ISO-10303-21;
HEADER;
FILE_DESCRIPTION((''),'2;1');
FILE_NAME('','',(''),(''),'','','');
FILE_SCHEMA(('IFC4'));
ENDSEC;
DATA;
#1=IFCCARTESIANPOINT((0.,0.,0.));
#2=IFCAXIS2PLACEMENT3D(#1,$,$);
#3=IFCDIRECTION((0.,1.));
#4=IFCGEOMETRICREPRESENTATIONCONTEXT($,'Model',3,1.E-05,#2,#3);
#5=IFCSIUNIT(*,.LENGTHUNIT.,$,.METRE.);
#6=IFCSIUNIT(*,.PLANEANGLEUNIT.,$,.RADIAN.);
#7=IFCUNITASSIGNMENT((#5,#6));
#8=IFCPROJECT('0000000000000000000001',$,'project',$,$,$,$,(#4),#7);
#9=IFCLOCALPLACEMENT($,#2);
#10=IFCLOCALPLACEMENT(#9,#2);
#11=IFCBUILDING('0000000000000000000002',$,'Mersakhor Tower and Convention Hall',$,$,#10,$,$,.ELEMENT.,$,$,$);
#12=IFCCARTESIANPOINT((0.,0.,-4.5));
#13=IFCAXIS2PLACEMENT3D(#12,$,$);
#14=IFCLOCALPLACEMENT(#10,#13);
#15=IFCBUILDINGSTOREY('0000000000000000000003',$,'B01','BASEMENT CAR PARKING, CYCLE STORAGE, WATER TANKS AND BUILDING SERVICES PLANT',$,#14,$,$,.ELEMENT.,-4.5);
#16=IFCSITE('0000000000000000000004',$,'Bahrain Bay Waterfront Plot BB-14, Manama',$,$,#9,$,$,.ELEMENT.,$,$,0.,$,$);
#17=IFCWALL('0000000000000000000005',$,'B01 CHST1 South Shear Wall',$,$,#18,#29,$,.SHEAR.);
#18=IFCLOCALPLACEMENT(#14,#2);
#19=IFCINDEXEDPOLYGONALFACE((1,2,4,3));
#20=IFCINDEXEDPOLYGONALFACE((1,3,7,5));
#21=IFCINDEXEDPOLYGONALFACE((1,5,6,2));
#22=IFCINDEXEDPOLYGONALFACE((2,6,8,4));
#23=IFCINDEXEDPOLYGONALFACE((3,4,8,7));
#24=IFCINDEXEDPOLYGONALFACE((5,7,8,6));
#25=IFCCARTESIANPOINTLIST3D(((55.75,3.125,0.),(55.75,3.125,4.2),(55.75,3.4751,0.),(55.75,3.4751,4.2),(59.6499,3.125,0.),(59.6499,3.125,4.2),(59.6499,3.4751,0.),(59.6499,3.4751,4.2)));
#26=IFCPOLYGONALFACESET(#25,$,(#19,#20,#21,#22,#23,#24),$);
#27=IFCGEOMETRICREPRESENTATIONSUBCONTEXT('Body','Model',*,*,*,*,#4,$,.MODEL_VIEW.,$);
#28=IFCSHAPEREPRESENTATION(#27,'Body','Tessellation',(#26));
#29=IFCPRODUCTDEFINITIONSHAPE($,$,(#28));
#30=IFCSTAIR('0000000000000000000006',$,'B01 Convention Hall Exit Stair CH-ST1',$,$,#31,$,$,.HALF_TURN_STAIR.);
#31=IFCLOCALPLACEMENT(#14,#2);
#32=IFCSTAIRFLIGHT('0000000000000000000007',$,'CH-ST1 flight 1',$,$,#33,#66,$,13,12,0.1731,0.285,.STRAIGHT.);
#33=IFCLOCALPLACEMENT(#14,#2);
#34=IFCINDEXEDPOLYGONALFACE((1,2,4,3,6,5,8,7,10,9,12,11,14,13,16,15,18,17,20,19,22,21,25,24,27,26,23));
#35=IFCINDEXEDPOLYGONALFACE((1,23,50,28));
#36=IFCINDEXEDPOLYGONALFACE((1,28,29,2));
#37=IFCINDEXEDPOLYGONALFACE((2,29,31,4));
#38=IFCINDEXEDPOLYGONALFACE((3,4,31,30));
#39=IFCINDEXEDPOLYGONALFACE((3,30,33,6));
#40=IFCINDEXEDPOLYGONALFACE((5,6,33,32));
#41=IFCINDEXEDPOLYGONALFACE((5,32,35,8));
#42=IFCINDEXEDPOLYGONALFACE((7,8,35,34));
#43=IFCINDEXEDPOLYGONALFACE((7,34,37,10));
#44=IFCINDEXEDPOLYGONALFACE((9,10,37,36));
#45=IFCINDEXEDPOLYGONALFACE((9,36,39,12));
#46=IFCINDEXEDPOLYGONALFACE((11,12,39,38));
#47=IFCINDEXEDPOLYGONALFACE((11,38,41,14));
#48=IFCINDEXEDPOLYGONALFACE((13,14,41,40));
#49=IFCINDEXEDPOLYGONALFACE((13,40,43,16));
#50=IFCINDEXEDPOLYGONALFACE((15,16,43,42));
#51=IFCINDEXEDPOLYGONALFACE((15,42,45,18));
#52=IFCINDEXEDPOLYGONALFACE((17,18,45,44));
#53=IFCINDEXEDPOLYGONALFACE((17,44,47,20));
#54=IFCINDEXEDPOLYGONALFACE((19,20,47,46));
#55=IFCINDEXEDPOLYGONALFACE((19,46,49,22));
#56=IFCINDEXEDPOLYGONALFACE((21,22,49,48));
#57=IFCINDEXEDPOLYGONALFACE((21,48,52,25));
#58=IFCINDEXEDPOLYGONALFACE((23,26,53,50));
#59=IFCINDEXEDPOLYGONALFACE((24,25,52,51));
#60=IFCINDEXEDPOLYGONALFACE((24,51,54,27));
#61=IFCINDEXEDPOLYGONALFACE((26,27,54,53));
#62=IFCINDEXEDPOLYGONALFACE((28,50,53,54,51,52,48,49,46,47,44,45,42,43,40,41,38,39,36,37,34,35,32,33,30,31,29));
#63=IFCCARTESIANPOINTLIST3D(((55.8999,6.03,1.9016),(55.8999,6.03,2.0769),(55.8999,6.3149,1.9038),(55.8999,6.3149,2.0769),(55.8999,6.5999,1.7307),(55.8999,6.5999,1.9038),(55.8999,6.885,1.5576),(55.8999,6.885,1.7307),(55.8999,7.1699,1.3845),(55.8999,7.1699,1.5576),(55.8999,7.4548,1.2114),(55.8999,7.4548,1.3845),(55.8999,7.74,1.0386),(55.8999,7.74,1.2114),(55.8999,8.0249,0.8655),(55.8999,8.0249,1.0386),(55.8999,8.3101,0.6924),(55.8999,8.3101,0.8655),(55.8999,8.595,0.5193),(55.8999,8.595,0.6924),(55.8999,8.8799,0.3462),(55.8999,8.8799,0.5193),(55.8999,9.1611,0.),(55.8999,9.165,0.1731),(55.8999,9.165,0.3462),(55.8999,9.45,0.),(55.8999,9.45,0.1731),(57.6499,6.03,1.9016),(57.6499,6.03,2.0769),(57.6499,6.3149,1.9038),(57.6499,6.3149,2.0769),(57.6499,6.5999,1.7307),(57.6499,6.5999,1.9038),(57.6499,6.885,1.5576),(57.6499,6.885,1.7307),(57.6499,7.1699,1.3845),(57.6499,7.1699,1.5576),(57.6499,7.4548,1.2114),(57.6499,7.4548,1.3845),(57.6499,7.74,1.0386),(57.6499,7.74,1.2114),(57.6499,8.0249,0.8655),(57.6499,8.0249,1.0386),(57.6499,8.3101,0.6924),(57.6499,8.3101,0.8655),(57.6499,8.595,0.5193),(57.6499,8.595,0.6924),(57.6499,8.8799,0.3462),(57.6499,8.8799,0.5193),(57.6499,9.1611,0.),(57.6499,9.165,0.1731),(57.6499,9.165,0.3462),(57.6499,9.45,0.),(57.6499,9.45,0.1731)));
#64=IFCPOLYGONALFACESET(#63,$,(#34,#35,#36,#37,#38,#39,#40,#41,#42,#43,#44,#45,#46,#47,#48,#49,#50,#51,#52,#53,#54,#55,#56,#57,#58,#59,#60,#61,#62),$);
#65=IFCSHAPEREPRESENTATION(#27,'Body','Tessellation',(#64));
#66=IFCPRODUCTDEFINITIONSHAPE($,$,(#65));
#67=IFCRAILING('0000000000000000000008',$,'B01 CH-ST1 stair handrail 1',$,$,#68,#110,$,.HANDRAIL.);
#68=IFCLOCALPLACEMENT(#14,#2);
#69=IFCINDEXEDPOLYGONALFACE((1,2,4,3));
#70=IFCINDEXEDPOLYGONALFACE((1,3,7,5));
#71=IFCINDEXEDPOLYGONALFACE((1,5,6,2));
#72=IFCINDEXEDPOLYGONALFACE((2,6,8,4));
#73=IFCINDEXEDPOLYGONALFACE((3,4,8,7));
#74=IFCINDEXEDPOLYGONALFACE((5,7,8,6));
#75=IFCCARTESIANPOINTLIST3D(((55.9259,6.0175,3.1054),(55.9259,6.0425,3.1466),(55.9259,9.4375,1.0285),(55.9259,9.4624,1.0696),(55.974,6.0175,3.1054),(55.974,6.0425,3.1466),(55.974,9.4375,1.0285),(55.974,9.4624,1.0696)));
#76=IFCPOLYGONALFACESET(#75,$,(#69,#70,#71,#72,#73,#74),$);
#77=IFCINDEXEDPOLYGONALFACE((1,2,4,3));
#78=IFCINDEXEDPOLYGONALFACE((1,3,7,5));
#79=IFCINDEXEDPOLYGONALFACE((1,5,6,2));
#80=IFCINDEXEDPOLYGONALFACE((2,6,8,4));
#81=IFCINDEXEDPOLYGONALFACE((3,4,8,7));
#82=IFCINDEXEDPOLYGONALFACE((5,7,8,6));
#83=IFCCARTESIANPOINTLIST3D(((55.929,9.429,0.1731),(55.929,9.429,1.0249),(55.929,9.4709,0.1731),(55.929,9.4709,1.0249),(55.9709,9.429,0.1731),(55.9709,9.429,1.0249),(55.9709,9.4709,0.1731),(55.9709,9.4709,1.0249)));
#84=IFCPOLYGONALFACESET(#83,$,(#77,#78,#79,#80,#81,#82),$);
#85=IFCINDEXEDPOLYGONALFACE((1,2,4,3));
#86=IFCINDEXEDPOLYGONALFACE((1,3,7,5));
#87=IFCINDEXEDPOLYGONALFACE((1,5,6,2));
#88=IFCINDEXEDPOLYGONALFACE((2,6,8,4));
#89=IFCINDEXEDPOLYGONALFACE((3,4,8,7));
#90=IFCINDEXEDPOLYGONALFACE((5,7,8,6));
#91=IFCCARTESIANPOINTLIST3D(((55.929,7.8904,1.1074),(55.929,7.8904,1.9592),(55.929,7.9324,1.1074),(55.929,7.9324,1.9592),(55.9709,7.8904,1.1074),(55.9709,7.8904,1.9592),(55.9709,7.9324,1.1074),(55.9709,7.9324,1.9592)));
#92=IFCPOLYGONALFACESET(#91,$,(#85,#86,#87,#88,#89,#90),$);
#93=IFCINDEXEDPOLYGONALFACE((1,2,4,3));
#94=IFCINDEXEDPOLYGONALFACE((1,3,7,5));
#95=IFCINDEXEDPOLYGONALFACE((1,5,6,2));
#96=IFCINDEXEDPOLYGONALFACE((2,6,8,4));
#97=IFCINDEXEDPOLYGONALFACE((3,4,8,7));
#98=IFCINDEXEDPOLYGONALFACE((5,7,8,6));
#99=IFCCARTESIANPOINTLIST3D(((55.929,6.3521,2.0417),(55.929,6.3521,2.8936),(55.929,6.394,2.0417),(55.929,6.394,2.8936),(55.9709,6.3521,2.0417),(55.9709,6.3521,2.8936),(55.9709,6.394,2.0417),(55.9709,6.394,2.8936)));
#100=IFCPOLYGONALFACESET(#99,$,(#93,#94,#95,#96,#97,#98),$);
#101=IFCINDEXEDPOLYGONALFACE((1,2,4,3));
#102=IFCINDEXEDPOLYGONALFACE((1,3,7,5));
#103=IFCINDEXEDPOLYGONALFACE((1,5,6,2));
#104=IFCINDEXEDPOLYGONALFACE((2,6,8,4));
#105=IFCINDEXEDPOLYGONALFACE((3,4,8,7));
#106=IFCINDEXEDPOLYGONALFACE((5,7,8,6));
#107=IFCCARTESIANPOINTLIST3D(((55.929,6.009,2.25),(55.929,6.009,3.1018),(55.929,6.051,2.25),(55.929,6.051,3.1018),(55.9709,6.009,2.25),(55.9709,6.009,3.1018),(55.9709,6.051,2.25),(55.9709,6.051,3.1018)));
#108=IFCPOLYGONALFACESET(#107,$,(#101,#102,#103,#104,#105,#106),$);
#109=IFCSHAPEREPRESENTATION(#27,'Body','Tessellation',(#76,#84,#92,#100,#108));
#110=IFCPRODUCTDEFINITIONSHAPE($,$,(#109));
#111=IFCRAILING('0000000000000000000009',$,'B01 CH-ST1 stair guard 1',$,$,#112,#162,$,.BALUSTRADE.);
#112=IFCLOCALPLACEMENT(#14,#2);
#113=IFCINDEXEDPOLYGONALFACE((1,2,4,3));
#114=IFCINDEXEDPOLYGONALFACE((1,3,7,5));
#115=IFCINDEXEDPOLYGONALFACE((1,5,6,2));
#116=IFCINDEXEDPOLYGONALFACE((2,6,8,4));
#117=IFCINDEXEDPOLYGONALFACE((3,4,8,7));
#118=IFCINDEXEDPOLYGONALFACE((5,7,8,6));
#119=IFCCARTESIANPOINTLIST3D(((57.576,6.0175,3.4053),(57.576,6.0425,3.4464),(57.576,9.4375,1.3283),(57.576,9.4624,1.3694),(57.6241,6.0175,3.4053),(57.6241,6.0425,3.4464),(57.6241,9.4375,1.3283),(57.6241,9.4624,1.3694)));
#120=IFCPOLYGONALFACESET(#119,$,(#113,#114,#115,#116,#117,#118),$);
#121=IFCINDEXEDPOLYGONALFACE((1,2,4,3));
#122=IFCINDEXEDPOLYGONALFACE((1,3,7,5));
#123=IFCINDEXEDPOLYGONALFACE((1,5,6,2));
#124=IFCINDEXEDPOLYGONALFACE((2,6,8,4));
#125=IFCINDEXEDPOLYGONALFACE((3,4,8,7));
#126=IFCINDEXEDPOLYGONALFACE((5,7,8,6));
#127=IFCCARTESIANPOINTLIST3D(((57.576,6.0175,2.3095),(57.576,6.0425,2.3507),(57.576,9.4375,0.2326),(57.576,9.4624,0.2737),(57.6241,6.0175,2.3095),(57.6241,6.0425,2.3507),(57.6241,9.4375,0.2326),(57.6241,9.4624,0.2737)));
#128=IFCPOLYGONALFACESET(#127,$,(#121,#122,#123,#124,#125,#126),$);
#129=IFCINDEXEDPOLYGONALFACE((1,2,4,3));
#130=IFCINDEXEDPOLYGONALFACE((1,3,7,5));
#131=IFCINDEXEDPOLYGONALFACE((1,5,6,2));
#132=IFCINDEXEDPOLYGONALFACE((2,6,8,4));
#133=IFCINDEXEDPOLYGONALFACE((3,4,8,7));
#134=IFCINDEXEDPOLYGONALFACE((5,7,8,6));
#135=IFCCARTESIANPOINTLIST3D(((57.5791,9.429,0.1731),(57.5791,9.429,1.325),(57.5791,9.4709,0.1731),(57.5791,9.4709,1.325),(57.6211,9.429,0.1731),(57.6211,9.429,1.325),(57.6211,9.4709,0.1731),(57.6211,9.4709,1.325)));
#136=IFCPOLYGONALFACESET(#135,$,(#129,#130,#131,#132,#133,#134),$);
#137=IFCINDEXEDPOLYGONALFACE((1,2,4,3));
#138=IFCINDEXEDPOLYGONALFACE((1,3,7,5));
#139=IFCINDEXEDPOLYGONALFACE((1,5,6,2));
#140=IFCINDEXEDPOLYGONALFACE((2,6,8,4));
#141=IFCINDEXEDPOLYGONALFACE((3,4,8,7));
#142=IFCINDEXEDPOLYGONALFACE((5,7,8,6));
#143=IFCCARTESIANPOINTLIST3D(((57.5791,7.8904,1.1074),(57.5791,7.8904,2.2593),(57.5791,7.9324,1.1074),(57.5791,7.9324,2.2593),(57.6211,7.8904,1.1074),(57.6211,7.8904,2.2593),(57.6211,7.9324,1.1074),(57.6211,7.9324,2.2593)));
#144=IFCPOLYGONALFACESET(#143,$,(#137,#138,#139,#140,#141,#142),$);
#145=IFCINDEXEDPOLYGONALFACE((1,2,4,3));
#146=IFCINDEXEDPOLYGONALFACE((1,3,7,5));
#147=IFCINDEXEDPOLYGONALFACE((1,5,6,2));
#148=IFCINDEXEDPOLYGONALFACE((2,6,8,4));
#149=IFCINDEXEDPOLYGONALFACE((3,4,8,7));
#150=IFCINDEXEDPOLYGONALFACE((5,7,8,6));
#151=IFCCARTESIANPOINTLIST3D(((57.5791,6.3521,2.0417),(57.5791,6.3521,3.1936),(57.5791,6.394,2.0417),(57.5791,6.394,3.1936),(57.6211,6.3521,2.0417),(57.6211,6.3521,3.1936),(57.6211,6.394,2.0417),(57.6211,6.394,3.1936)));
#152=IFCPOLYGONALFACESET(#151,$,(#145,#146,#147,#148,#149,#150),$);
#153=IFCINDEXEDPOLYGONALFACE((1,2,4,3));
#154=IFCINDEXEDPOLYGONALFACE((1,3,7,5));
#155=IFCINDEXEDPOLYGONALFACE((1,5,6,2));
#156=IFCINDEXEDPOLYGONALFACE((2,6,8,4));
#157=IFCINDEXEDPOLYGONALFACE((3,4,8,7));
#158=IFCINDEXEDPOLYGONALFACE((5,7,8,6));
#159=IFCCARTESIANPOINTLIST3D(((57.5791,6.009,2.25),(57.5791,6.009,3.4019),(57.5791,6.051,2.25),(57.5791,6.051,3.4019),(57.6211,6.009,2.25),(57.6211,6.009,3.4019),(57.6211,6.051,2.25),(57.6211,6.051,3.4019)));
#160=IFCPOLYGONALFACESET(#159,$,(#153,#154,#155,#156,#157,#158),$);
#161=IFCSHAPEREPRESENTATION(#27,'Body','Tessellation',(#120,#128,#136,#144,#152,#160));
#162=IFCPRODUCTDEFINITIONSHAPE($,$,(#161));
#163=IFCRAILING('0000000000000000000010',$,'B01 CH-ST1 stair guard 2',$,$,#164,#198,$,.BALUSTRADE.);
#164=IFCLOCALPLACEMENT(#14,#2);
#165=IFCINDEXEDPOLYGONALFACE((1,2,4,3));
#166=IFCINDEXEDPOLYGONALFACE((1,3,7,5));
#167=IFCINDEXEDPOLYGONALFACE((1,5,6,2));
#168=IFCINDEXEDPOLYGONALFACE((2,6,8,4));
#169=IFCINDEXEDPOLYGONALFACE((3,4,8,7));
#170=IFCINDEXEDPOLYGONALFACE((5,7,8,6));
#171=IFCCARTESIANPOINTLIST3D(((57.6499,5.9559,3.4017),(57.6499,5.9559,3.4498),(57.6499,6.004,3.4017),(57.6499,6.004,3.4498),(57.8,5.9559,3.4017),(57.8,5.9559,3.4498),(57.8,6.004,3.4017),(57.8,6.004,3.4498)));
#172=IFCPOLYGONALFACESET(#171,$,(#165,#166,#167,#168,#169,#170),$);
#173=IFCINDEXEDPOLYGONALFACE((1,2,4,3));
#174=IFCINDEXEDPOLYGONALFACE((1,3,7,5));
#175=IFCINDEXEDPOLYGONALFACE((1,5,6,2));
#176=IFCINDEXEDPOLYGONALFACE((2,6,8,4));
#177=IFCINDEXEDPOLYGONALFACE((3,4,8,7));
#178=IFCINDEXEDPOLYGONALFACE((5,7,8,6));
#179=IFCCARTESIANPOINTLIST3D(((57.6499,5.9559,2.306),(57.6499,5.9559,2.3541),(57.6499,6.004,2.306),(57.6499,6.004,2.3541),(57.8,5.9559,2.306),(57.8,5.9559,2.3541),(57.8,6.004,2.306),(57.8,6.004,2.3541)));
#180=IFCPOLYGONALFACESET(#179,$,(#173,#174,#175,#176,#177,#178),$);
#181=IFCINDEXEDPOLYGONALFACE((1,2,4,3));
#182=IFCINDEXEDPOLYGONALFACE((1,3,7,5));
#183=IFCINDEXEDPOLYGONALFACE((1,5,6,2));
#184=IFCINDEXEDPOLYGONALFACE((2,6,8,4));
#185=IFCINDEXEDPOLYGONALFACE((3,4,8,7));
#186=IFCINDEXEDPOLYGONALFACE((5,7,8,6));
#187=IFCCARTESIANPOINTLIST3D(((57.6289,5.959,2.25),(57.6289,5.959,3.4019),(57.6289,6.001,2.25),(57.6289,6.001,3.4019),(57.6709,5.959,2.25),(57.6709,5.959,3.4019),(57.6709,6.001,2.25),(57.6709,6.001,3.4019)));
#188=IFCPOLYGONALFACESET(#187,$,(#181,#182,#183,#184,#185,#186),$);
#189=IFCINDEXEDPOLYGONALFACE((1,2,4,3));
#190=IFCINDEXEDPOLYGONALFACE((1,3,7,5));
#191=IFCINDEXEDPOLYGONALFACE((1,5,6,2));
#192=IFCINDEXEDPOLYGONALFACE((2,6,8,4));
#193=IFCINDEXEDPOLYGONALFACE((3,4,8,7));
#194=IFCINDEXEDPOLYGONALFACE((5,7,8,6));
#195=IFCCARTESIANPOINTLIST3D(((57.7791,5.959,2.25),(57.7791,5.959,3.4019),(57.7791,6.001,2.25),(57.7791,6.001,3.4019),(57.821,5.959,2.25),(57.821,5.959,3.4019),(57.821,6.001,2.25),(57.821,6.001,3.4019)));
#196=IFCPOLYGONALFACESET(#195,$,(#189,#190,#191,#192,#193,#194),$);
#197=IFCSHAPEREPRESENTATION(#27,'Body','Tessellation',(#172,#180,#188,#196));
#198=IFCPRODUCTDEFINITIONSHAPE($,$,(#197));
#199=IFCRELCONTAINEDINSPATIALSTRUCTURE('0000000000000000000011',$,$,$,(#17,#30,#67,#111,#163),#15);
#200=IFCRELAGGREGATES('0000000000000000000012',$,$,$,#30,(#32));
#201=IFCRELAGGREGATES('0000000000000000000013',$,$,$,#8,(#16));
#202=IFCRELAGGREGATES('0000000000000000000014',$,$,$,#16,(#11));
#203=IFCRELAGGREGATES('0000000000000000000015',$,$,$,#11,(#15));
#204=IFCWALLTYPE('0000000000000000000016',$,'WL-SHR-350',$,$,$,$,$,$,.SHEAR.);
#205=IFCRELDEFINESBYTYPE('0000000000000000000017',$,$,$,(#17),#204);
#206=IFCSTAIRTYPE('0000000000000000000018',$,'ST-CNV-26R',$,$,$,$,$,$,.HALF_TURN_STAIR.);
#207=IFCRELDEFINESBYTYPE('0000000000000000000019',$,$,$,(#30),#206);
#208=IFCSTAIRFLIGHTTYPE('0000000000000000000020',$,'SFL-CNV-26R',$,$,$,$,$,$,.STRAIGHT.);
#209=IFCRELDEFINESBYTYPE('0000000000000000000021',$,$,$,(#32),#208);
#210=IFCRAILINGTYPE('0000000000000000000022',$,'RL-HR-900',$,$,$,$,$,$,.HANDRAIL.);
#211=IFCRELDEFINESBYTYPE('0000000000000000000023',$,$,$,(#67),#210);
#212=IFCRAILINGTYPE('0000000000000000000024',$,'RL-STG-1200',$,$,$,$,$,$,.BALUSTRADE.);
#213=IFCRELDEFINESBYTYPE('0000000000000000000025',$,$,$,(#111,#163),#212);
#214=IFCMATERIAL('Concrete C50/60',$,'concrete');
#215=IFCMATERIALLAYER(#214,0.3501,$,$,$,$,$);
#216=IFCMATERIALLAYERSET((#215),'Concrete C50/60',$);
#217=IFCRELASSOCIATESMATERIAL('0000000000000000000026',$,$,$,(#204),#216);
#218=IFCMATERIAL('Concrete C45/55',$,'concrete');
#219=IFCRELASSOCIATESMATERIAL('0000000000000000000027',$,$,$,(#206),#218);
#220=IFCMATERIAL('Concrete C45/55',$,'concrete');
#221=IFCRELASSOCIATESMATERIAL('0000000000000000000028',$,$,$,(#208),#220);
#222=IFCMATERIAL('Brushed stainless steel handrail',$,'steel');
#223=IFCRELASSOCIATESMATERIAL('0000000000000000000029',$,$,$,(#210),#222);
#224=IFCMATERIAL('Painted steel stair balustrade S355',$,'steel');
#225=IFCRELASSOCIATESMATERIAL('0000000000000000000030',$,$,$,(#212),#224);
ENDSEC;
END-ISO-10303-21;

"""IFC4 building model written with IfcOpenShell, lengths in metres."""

from ifc_helpers import new_model, si_unit, direction, frame, frame_2d, origin, origin_2d, place, context, subcontext, project, spatial, polyline, rectangle, outline, extrude, material, layer, layer_set, type_object, element, aggregate, save


model = new_model("IFC4")

# Units and contexts
model_context = context("Model", 3, precision=1e-05, world=origin(), true_north=direction((0.0, 1.0)))
body_context = subcontext(model_context, "Body", "Model", "MODEL_VIEW")
ifc_project = project(units=[si_unit("LENGTHUNIT", "METRE"), si_unit("PLANEANGLEUNIT", "RADIAN")], contexts=[model_context])

# Site, building, storey
site_placement = place(None, origin())
site = spatial("IfcSite", under=ifc_project, at=site_placement, Name="Bahrain Bay Waterfront Plot BB-14, Manama", CompositionType="ELEMENT", RefElevation=0.0)
building_placement = place(site_placement, origin())
building = spatial("IfcBuilding", under=site, at=building_placement, Name="Mersakhor Tower and Convention Hall", CompositionType="ELEMENT")
storey_placement = place(building_placement, frame((0.0, 0.0, -4.5)))
storey = spatial("IfcBuildingStorey", under=building, at=storey_placement, Name="B01", Description="BASEMENT CAR PARKING, CYCLE STORAGE, WATER TANKS AND BUILDING SERVICES PLANT", CompositionType="ELEMENT", Elevation=-4.5)

# Wall
ifc_material_1 = material(Name="Concrete C50/60", Category="concrete")
ifc_layer_1 = layer(ifc_material_1, 0.3501)
ifc_layer_set_1 = layer_set([ifc_layer_1], Name="Concrete C50/60")
wall_type = type_object("IfcWallType", Name="WL-SHR-350", PredefinedType="SHEAR", material=ifc_layer_set_1)
wall_1_placement = place(storey_placement, frame((55.75, 3.3, 0.0), z_axis=(0.0, 0.0, 1.0), x_axis=(1.0, 0.0, 0.0)))
element("IfcWall", 1, at=wall_1_placement, inside=storey, type_object=wall_type, Name="B01 CHST1 South Shear Wall", PredefinedType="SHEAR", context=body_context, shape_type="SweptSolid", body=[
    extrude(rectangle(XDim=3.8999, YDim=0.3501, at=frame_2d((1.95, 0.0))), origin(), (0.0, 0.0, 1.0), 4.2),
])

# Stair, stair flight
ifc_material_2 = material(Name="Concrete C45/55", Category="concrete")
stair_type = type_object("IfcStairType", Name="ST-CNV-26R", PredefinedType="HALF_TURN_STAIR", material=ifc_material_2)
stair_placement = place(storey_placement, origin())
stair = element("IfcStair", 2, at=stair_placement, inside=storey, type_object=stair_type, Name="B01 Convention Hall Exit Stair CH-ST1", PredefinedType="HALF_TURN_STAIR")
ifc_material_3 = material(Name="Concrete C45/55", Category="concrete")
stair_flight_type = type_object("IfcStairFlightType", Name="SFL-CNV-26R", PredefinedType="STRAIGHT", material=ifc_material_3)
stair_flight_placement = place(storey_placement, frame((56.7749, 9.45, 0.0), z_axis=(0.0, 0.0, 1.0), x_axis=(0.0, -1.0, 0.0)))
stair_flight = element("IfcStairFlight", 3, at=stair_flight_placement, type_object=stair_flight_type, Name="CH-ST1 flight 1", NumberOfRisers=13, NumberOfTreads=12, PredefinedType="STRAIGHT", RiserHeight=0.1731, TreadLength=0.285, context=body_context, shape_type="SweptSolid", body=[
    extrude(outline(polyline([(0.0, 0.0), (0.0, 0.1731), (0.2849, 0.1731), (0.2849, 0.3462), (0.5701, 0.3462), (0.5701, 0.5193), (0.855, 0.5193), (0.855, 0.6924), (1.1399, 0.6924), (1.1399, 0.8655), (1.425, 0.8655), (1.425, 1.0386), (1.71, 1.0386), (1.71, 1.2114), (1.9951, 1.2114), (1.9951, 1.3845), (2.28, 1.3845), (2.28, 1.5576), (2.5649, 1.5576), (2.5649, 1.7307), (2.8501, 1.7307), (2.8501, 1.9038), (3.135, 1.9038), (3.135, 2.0769), (3.4199, 2.0769), (3.4199, 2.25), (3.4199, 1.9016), (0.2888, 0.0), (0.0, 0.0)])), frame((0.0, 0.875, 0.0), z_axis=(0.0, -1.0, 0.0), x_axis=(1.0, 0.0, 0.0)), (0.0, 0.0, 1.0), 1.75),
])
aggregate(stair, [stair_flight])

# Railings
ifc_material_4 = material(Name="Brushed stainless steel handrail", Category="steel")
railing_type_1 = type_object("IfcRailingType", Name="RL-HR-900", PredefinedType="HANDRAIL", material=ifc_material_4)
railing_1_placement = place(storey_placement, frame((55.95, 9.45, 0.1731)))
element("IfcRailing", 4, at=railing_1_placement, inside=storey, type_object=railing_type_1, Name="B01 CH-ST1 stair handrail 1", PredefinedType="HANDRAIL", context=body_context, shape_type="SweptSolid", body=[
    extrude(rectangle(XDim=0.0481, YDim=0.0481, at=origin_2d()), frame((0.0, 0.0, 0.876), z_axis=(0.0, -0.85473, 0.519074), x_axis=(1.0, 0.0, 0.0)), (0.0, 0.0, 1.0), 4.0012),
    extrude(rectangle(XDim=0.042, YDim=0.042, at=origin_2d()), origin(), (0.0, 0.0, 1.0), 0.8518),
    extrude(rectangle(XDim=0.042, YDim=0.042, at=origin_2d()), frame((0.0, -1.5386, 0.9343)), (0.0, 0.0, 1.0), 0.8518),
    extrude(rectangle(XDim=0.042, YDim=0.042, at=origin_2d()), frame((0.0, -3.0769, 1.8687)), (0.0, 0.0, 1.0), 0.8518),
    extrude(rectangle(XDim=0.042, YDim=0.042, at=origin_2d()), frame((0.0, -3.4199, 2.0769)), (0.0, 0.0, 1.0), 0.8518),
])
ifc_material_5 = material(Name="Painted steel stair balustrade S355", Category="steel")
railing_type_2 = type_object("IfcRailingType", Name="RL-STG-1200", PredefinedType="BALUSTRADE", material=ifc_material_5)
railing_2_placement = place(storey_placement, frame((57.6001, 9.45, 0.1731)))
element("IfcRailing", 5, at=railing_2_placement, inside=storey, type_object=railing_type_2, Name="B01 CH-ST1 stair guard 1", PredefinedType="BALUSTRADE", context=body_context, shape_type="SweptSolid", body=[
    extrude(rectangle(XDim=0.0481, YDim=0.0481, at=origin_2d()), frame((0.0, 0.0, 1.1758), z_axis=(0.0, -0.85473, 0.519074), x_axis=(1.0, 0.0, 0.0)), (0.0, 0.0, 1.0), 4.0012),
    extrude(rectangle(XDim=0.0481, YDim=0.0481, at=origin_2d()), frame((0.0, 0.0, 0.0801), z_axis=(0.0, -0.85473, 0.519074), x_axis=(1.0, 0.0, 0.0)), (0.0, 0.0, 1.0), 4.0012),
    extrude(rectangle(XDim=0.042, YDim=0.042, at=origin_2d()), origin(), (0.0, 0.0, 1.0), 1.1519),
    extrude(rectangle(XDim=0.042, YDim=0.042, at=origin_2d()), frame((0.0, -1.5386, 0.9343)), (0.0, 0.0, 1.0), 1.1519),
    extrude(rectangle(XDim=0.042, YDim=0.042, at=origin_2d()), frame((0.0, -3.0769, 1.8687)), (0.0, 0.0, 1.0), 1.1519),
    extrude(rectangle(XDim=0.042, YDim=0.042, at=origin_2d()), frame((0.0, -3.4199, 2.0769)), (0.0, 0.0, 1.0), 1.1519),
])
railing_3_placement = place(storey_placement, frame((57.6499, 5.98, 2.25)))
element("IfcRailing", 6, at=railing_3_placement, inside=storey, type_object=railing_type_2, Name="B01 CH-ST1 stair guard 2", PredefinedType="BALUSTRADE", context=body_context, shape_type="SweptSolid", body=[
    extrude(rectangle(XDim=0.0481, YDim=0.0481, at=origin_2d()), frame((0.0, 0.0, 1.1758), z_axis=(1.0, 0.0, 0.0), x_axis=(0.0, 1.0, 0.0)), (0.0, 0.0, 1.0), 0.1501),
    extrude(rectangle(XDim=0.0481, YDim=0.0481, at=origin_2d()), frame((0.0, 0.0, 0.0801), z_axis=(1.0, 0.0, 0.0), x_axis=(0.0, 1.0, 0.0)), (0.0, 0.0, 1.0), 0.1501),
    extrude(rectangle(XDim=0.042, YDim=0.042, at=origin_2d()), origin(), (0.0, 0.0, 1.0), 1.1519),
    extrude(rectangle(XDim=0.042, YDim=0.042, at=origin_2d()), frame((0.1501, 0.0, 0.0)), (0.0, 0.0, 1.0), 1.1519),
])

save(model, "model.ifc")
